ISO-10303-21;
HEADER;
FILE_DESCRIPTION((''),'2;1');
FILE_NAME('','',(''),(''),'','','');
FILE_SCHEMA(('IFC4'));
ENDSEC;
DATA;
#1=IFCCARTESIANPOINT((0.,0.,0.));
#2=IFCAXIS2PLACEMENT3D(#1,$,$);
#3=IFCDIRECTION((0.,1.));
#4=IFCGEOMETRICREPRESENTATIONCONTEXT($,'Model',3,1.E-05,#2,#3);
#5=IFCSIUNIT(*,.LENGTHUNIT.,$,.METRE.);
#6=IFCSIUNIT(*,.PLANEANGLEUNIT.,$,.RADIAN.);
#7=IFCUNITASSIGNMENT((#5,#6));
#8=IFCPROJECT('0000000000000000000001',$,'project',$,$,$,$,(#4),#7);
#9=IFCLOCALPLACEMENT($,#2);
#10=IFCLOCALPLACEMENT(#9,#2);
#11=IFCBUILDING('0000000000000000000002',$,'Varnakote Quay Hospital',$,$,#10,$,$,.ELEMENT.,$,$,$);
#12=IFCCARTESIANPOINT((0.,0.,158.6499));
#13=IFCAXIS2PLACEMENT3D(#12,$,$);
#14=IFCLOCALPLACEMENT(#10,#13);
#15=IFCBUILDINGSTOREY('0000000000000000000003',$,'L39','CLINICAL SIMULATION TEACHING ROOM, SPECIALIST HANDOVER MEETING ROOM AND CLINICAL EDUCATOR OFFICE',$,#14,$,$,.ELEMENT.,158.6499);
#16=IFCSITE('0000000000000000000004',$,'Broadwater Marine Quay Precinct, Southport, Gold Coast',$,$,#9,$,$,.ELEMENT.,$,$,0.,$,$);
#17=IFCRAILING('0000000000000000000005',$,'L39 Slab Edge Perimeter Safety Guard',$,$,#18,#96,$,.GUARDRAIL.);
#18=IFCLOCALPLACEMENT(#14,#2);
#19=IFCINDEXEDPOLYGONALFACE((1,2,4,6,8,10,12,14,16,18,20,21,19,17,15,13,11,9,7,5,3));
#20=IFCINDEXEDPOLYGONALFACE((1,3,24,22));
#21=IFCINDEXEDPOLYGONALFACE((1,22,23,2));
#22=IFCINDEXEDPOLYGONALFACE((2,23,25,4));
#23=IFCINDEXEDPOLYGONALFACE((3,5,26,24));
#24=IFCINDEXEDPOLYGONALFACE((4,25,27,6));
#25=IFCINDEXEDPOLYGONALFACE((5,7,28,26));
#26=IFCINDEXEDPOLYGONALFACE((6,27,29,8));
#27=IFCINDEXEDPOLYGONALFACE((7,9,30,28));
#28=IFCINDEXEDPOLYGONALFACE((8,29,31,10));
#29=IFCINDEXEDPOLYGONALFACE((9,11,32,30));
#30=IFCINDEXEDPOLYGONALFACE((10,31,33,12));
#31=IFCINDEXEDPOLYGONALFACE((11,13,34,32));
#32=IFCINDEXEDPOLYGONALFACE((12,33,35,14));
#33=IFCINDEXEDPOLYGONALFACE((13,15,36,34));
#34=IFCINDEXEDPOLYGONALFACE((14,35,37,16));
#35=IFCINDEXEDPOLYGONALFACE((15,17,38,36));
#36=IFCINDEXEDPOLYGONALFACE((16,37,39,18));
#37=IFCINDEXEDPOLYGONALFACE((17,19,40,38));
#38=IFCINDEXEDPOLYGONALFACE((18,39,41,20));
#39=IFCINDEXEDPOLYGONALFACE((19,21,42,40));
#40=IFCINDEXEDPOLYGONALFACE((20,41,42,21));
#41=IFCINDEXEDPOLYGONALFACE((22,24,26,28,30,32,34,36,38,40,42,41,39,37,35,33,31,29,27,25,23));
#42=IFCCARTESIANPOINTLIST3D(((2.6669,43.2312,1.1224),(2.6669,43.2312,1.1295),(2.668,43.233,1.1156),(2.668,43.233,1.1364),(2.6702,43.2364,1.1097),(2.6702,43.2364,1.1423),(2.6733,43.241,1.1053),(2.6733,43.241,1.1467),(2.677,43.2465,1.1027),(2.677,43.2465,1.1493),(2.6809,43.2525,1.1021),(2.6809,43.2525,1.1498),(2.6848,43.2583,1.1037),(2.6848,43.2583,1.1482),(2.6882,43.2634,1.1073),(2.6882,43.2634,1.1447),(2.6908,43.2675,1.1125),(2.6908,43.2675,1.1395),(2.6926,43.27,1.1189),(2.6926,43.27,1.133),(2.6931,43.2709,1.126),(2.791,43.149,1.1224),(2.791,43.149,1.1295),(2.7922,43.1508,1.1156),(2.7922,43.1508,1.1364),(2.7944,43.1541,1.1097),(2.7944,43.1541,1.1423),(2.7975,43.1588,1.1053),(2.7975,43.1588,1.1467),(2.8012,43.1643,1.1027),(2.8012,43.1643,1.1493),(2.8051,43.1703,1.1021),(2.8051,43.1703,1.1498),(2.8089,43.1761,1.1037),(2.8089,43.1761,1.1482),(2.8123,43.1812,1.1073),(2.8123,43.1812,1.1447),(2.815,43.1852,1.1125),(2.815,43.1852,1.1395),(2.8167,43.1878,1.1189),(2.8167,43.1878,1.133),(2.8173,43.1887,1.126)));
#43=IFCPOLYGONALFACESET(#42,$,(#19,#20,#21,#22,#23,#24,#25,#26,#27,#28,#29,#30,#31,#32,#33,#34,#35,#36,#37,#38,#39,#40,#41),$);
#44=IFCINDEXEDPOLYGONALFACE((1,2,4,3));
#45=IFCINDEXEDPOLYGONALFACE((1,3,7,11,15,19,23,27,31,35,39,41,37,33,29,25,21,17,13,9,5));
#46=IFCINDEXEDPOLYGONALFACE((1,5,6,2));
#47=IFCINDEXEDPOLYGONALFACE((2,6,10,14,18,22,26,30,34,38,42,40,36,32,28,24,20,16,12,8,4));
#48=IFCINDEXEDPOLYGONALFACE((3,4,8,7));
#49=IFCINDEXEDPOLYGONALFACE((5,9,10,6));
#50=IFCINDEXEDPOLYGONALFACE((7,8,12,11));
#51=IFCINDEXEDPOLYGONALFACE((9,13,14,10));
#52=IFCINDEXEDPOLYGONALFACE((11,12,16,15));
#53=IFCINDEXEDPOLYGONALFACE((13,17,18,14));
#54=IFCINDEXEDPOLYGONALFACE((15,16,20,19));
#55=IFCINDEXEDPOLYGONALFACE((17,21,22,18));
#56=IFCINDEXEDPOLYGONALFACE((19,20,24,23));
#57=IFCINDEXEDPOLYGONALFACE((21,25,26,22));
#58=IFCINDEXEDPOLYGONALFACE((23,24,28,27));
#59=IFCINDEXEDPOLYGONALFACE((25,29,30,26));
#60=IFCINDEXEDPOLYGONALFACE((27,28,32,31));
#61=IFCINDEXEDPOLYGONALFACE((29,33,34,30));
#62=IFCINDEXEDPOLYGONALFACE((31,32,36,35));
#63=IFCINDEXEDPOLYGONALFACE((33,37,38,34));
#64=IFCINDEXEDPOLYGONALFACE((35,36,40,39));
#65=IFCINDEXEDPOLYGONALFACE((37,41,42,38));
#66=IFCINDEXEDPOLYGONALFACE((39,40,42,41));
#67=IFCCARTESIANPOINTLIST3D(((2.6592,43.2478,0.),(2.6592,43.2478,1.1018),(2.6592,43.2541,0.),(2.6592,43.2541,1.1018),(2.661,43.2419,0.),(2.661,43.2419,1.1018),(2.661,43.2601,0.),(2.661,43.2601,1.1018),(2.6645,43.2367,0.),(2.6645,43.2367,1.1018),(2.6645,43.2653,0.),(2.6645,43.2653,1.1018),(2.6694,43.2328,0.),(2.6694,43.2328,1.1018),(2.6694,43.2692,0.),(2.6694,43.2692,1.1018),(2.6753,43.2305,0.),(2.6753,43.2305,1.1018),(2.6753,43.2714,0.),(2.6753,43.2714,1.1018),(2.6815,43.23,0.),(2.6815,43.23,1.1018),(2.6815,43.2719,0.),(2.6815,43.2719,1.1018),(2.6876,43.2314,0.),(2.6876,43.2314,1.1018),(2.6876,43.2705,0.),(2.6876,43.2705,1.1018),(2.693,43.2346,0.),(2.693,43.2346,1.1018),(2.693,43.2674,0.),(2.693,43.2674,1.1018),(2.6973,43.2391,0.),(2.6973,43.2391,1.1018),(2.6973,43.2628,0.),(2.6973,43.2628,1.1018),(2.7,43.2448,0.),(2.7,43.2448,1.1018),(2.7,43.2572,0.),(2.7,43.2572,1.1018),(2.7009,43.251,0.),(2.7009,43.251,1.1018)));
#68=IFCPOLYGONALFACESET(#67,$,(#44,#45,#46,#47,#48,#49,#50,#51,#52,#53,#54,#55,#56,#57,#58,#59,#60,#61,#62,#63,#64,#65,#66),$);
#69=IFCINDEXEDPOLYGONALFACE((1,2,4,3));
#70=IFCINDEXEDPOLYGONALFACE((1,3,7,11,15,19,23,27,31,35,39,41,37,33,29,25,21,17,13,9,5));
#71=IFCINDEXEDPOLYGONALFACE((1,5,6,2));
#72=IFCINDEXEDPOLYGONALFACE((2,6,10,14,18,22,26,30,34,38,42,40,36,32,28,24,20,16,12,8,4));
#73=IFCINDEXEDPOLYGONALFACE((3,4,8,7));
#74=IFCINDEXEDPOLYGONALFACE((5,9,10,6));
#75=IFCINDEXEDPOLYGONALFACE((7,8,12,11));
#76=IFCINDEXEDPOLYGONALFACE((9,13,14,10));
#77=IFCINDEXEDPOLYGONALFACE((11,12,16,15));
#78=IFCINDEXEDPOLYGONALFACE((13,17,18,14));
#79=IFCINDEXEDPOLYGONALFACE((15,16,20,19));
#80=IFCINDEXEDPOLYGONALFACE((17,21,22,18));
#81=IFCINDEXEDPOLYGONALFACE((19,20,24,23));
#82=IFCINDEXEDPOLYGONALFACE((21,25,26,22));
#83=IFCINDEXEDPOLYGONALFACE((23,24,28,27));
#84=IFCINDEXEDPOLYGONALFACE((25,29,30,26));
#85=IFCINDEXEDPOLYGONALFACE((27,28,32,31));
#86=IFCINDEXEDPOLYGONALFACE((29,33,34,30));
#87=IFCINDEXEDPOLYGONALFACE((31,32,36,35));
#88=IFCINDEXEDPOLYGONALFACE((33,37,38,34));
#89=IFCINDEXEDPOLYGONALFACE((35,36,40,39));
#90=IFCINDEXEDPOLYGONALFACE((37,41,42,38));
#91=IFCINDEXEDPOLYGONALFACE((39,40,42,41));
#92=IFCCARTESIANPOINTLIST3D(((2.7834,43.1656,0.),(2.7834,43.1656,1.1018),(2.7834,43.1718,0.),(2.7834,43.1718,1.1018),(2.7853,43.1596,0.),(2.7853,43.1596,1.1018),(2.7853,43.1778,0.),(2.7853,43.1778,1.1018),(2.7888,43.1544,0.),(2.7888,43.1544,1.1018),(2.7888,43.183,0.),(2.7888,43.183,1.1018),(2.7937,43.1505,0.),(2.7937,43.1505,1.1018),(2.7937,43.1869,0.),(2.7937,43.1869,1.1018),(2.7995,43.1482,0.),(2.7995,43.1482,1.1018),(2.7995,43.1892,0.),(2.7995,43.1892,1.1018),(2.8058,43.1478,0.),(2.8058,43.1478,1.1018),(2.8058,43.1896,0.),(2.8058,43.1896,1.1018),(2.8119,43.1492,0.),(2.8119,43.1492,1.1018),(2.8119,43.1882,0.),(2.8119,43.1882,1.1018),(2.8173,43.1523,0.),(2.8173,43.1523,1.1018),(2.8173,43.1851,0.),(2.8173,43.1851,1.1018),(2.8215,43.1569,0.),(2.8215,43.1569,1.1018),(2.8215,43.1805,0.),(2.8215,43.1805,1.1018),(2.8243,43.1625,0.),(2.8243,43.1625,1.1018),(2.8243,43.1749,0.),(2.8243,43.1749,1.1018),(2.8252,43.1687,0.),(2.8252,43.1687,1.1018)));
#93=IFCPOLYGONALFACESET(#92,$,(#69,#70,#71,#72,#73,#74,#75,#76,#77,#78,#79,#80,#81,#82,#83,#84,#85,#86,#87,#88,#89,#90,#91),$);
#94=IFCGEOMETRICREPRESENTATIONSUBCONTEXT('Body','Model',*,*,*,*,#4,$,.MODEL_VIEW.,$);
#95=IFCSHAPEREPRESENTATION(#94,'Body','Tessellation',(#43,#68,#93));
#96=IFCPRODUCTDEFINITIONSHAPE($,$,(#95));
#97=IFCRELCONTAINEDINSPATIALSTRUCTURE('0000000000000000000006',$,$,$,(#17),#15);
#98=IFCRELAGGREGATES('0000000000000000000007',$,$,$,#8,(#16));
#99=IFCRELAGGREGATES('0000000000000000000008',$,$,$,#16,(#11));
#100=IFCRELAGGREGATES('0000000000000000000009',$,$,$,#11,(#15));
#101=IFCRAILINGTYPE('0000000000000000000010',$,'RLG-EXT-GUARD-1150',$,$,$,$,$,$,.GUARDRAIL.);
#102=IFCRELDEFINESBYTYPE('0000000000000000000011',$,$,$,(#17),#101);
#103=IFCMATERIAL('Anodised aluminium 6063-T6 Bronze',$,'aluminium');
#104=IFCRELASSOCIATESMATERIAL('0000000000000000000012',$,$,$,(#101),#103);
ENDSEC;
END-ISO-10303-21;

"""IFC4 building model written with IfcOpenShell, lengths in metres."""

from ifc_helpers import new_model, si_unit, direction, frame, origin, origin_2d, place, context, subcontext, project, spatial, circle, extrude, material, type_object, element, save


model = new_model("IFC4")

# Units and contexts
model_context = context("Model", 3, precision=1e-05, world=origin(), true_north=direction((0.0, 1.0)))
body_context = subcontext(model_context, "Body", "Model", "MODEL_VIEW")
ifc_project = project(units=[si_unit("LENGTHUNIT", "METRE"), si_unit("PLANEANGLEUNIT", "RADIAN")], contexts=[model_context])

# Site, building, storey
site_placement = place(None, origin())
site = spatial("IfcSite", under=ifc_project, at=site_placement, Name="Broadwater Marine Quay Precinct, Southport, Gold Coast", CompositionType="ELEMENT", RefElevation=0.0)
building_placement = place(site_placement, origin())
building = spatial("IfcBuilding", under=site, at=building_placement, Name="Varnakote Quay Hospital", CompositionType="ELEMENT")
storey_placement = place(building_placement, frame((0.0, 0.0, 158.6499)))
storey = spatial("IfcBuildingStorey", under=building, at=storey_placement, Name="L39", Description="CLINICAL SIMULATION TEACHING ROOM, SPECIALIST HANDOVER MEETING ROOM AND CLINICAL EDUCATOR OFFICE", CompositionType="ELEMENT", Elevation=158.6499)

# Railing
ifc_material_1 = material(Name="Anodised aluminium 6063-T6 Bronze", Category="aluminium")
railing_type = type_object("IfcRailingType", Name="RLG-EXT-GUARD-1150", PredefinedType="GUARDRAIL", material=ifc_material_1)
railing_1_placement = place(storey_placement, frame((2.6799, 43.251, 0.0)))
element("IfcRailing", 1, at=railing_1_placement, inside=storey, type_object=railing_type, Name="L39 Slab Edge Perimeter Safety Guard", PredefinedType="GUARDRAIL", context=body_context, shape_type="SweptSolid", body=[
    extrude(circle(Radius=0.0239, at=origin_2d()), frame((0.0, 0.0, 1.126), z_axis=(0.83381, -0.552051, 0.0), x_axis=(0.552051, 0.83381, 0.0)), (0.0, 0.0, 1.0), 0.1489),
    extrude(circle(Radius=0.021, at=origin_2d()), origin(), (0.0, 0.0, 1.0), 1.1018),
    extrude(circle(Radius=0.021, at=origin_2d()), frame((0.1243, -0.0823, 0.0)), (0.0, 0.0, 1.0), 1.1018),
])

save(model, "model.ifc")
